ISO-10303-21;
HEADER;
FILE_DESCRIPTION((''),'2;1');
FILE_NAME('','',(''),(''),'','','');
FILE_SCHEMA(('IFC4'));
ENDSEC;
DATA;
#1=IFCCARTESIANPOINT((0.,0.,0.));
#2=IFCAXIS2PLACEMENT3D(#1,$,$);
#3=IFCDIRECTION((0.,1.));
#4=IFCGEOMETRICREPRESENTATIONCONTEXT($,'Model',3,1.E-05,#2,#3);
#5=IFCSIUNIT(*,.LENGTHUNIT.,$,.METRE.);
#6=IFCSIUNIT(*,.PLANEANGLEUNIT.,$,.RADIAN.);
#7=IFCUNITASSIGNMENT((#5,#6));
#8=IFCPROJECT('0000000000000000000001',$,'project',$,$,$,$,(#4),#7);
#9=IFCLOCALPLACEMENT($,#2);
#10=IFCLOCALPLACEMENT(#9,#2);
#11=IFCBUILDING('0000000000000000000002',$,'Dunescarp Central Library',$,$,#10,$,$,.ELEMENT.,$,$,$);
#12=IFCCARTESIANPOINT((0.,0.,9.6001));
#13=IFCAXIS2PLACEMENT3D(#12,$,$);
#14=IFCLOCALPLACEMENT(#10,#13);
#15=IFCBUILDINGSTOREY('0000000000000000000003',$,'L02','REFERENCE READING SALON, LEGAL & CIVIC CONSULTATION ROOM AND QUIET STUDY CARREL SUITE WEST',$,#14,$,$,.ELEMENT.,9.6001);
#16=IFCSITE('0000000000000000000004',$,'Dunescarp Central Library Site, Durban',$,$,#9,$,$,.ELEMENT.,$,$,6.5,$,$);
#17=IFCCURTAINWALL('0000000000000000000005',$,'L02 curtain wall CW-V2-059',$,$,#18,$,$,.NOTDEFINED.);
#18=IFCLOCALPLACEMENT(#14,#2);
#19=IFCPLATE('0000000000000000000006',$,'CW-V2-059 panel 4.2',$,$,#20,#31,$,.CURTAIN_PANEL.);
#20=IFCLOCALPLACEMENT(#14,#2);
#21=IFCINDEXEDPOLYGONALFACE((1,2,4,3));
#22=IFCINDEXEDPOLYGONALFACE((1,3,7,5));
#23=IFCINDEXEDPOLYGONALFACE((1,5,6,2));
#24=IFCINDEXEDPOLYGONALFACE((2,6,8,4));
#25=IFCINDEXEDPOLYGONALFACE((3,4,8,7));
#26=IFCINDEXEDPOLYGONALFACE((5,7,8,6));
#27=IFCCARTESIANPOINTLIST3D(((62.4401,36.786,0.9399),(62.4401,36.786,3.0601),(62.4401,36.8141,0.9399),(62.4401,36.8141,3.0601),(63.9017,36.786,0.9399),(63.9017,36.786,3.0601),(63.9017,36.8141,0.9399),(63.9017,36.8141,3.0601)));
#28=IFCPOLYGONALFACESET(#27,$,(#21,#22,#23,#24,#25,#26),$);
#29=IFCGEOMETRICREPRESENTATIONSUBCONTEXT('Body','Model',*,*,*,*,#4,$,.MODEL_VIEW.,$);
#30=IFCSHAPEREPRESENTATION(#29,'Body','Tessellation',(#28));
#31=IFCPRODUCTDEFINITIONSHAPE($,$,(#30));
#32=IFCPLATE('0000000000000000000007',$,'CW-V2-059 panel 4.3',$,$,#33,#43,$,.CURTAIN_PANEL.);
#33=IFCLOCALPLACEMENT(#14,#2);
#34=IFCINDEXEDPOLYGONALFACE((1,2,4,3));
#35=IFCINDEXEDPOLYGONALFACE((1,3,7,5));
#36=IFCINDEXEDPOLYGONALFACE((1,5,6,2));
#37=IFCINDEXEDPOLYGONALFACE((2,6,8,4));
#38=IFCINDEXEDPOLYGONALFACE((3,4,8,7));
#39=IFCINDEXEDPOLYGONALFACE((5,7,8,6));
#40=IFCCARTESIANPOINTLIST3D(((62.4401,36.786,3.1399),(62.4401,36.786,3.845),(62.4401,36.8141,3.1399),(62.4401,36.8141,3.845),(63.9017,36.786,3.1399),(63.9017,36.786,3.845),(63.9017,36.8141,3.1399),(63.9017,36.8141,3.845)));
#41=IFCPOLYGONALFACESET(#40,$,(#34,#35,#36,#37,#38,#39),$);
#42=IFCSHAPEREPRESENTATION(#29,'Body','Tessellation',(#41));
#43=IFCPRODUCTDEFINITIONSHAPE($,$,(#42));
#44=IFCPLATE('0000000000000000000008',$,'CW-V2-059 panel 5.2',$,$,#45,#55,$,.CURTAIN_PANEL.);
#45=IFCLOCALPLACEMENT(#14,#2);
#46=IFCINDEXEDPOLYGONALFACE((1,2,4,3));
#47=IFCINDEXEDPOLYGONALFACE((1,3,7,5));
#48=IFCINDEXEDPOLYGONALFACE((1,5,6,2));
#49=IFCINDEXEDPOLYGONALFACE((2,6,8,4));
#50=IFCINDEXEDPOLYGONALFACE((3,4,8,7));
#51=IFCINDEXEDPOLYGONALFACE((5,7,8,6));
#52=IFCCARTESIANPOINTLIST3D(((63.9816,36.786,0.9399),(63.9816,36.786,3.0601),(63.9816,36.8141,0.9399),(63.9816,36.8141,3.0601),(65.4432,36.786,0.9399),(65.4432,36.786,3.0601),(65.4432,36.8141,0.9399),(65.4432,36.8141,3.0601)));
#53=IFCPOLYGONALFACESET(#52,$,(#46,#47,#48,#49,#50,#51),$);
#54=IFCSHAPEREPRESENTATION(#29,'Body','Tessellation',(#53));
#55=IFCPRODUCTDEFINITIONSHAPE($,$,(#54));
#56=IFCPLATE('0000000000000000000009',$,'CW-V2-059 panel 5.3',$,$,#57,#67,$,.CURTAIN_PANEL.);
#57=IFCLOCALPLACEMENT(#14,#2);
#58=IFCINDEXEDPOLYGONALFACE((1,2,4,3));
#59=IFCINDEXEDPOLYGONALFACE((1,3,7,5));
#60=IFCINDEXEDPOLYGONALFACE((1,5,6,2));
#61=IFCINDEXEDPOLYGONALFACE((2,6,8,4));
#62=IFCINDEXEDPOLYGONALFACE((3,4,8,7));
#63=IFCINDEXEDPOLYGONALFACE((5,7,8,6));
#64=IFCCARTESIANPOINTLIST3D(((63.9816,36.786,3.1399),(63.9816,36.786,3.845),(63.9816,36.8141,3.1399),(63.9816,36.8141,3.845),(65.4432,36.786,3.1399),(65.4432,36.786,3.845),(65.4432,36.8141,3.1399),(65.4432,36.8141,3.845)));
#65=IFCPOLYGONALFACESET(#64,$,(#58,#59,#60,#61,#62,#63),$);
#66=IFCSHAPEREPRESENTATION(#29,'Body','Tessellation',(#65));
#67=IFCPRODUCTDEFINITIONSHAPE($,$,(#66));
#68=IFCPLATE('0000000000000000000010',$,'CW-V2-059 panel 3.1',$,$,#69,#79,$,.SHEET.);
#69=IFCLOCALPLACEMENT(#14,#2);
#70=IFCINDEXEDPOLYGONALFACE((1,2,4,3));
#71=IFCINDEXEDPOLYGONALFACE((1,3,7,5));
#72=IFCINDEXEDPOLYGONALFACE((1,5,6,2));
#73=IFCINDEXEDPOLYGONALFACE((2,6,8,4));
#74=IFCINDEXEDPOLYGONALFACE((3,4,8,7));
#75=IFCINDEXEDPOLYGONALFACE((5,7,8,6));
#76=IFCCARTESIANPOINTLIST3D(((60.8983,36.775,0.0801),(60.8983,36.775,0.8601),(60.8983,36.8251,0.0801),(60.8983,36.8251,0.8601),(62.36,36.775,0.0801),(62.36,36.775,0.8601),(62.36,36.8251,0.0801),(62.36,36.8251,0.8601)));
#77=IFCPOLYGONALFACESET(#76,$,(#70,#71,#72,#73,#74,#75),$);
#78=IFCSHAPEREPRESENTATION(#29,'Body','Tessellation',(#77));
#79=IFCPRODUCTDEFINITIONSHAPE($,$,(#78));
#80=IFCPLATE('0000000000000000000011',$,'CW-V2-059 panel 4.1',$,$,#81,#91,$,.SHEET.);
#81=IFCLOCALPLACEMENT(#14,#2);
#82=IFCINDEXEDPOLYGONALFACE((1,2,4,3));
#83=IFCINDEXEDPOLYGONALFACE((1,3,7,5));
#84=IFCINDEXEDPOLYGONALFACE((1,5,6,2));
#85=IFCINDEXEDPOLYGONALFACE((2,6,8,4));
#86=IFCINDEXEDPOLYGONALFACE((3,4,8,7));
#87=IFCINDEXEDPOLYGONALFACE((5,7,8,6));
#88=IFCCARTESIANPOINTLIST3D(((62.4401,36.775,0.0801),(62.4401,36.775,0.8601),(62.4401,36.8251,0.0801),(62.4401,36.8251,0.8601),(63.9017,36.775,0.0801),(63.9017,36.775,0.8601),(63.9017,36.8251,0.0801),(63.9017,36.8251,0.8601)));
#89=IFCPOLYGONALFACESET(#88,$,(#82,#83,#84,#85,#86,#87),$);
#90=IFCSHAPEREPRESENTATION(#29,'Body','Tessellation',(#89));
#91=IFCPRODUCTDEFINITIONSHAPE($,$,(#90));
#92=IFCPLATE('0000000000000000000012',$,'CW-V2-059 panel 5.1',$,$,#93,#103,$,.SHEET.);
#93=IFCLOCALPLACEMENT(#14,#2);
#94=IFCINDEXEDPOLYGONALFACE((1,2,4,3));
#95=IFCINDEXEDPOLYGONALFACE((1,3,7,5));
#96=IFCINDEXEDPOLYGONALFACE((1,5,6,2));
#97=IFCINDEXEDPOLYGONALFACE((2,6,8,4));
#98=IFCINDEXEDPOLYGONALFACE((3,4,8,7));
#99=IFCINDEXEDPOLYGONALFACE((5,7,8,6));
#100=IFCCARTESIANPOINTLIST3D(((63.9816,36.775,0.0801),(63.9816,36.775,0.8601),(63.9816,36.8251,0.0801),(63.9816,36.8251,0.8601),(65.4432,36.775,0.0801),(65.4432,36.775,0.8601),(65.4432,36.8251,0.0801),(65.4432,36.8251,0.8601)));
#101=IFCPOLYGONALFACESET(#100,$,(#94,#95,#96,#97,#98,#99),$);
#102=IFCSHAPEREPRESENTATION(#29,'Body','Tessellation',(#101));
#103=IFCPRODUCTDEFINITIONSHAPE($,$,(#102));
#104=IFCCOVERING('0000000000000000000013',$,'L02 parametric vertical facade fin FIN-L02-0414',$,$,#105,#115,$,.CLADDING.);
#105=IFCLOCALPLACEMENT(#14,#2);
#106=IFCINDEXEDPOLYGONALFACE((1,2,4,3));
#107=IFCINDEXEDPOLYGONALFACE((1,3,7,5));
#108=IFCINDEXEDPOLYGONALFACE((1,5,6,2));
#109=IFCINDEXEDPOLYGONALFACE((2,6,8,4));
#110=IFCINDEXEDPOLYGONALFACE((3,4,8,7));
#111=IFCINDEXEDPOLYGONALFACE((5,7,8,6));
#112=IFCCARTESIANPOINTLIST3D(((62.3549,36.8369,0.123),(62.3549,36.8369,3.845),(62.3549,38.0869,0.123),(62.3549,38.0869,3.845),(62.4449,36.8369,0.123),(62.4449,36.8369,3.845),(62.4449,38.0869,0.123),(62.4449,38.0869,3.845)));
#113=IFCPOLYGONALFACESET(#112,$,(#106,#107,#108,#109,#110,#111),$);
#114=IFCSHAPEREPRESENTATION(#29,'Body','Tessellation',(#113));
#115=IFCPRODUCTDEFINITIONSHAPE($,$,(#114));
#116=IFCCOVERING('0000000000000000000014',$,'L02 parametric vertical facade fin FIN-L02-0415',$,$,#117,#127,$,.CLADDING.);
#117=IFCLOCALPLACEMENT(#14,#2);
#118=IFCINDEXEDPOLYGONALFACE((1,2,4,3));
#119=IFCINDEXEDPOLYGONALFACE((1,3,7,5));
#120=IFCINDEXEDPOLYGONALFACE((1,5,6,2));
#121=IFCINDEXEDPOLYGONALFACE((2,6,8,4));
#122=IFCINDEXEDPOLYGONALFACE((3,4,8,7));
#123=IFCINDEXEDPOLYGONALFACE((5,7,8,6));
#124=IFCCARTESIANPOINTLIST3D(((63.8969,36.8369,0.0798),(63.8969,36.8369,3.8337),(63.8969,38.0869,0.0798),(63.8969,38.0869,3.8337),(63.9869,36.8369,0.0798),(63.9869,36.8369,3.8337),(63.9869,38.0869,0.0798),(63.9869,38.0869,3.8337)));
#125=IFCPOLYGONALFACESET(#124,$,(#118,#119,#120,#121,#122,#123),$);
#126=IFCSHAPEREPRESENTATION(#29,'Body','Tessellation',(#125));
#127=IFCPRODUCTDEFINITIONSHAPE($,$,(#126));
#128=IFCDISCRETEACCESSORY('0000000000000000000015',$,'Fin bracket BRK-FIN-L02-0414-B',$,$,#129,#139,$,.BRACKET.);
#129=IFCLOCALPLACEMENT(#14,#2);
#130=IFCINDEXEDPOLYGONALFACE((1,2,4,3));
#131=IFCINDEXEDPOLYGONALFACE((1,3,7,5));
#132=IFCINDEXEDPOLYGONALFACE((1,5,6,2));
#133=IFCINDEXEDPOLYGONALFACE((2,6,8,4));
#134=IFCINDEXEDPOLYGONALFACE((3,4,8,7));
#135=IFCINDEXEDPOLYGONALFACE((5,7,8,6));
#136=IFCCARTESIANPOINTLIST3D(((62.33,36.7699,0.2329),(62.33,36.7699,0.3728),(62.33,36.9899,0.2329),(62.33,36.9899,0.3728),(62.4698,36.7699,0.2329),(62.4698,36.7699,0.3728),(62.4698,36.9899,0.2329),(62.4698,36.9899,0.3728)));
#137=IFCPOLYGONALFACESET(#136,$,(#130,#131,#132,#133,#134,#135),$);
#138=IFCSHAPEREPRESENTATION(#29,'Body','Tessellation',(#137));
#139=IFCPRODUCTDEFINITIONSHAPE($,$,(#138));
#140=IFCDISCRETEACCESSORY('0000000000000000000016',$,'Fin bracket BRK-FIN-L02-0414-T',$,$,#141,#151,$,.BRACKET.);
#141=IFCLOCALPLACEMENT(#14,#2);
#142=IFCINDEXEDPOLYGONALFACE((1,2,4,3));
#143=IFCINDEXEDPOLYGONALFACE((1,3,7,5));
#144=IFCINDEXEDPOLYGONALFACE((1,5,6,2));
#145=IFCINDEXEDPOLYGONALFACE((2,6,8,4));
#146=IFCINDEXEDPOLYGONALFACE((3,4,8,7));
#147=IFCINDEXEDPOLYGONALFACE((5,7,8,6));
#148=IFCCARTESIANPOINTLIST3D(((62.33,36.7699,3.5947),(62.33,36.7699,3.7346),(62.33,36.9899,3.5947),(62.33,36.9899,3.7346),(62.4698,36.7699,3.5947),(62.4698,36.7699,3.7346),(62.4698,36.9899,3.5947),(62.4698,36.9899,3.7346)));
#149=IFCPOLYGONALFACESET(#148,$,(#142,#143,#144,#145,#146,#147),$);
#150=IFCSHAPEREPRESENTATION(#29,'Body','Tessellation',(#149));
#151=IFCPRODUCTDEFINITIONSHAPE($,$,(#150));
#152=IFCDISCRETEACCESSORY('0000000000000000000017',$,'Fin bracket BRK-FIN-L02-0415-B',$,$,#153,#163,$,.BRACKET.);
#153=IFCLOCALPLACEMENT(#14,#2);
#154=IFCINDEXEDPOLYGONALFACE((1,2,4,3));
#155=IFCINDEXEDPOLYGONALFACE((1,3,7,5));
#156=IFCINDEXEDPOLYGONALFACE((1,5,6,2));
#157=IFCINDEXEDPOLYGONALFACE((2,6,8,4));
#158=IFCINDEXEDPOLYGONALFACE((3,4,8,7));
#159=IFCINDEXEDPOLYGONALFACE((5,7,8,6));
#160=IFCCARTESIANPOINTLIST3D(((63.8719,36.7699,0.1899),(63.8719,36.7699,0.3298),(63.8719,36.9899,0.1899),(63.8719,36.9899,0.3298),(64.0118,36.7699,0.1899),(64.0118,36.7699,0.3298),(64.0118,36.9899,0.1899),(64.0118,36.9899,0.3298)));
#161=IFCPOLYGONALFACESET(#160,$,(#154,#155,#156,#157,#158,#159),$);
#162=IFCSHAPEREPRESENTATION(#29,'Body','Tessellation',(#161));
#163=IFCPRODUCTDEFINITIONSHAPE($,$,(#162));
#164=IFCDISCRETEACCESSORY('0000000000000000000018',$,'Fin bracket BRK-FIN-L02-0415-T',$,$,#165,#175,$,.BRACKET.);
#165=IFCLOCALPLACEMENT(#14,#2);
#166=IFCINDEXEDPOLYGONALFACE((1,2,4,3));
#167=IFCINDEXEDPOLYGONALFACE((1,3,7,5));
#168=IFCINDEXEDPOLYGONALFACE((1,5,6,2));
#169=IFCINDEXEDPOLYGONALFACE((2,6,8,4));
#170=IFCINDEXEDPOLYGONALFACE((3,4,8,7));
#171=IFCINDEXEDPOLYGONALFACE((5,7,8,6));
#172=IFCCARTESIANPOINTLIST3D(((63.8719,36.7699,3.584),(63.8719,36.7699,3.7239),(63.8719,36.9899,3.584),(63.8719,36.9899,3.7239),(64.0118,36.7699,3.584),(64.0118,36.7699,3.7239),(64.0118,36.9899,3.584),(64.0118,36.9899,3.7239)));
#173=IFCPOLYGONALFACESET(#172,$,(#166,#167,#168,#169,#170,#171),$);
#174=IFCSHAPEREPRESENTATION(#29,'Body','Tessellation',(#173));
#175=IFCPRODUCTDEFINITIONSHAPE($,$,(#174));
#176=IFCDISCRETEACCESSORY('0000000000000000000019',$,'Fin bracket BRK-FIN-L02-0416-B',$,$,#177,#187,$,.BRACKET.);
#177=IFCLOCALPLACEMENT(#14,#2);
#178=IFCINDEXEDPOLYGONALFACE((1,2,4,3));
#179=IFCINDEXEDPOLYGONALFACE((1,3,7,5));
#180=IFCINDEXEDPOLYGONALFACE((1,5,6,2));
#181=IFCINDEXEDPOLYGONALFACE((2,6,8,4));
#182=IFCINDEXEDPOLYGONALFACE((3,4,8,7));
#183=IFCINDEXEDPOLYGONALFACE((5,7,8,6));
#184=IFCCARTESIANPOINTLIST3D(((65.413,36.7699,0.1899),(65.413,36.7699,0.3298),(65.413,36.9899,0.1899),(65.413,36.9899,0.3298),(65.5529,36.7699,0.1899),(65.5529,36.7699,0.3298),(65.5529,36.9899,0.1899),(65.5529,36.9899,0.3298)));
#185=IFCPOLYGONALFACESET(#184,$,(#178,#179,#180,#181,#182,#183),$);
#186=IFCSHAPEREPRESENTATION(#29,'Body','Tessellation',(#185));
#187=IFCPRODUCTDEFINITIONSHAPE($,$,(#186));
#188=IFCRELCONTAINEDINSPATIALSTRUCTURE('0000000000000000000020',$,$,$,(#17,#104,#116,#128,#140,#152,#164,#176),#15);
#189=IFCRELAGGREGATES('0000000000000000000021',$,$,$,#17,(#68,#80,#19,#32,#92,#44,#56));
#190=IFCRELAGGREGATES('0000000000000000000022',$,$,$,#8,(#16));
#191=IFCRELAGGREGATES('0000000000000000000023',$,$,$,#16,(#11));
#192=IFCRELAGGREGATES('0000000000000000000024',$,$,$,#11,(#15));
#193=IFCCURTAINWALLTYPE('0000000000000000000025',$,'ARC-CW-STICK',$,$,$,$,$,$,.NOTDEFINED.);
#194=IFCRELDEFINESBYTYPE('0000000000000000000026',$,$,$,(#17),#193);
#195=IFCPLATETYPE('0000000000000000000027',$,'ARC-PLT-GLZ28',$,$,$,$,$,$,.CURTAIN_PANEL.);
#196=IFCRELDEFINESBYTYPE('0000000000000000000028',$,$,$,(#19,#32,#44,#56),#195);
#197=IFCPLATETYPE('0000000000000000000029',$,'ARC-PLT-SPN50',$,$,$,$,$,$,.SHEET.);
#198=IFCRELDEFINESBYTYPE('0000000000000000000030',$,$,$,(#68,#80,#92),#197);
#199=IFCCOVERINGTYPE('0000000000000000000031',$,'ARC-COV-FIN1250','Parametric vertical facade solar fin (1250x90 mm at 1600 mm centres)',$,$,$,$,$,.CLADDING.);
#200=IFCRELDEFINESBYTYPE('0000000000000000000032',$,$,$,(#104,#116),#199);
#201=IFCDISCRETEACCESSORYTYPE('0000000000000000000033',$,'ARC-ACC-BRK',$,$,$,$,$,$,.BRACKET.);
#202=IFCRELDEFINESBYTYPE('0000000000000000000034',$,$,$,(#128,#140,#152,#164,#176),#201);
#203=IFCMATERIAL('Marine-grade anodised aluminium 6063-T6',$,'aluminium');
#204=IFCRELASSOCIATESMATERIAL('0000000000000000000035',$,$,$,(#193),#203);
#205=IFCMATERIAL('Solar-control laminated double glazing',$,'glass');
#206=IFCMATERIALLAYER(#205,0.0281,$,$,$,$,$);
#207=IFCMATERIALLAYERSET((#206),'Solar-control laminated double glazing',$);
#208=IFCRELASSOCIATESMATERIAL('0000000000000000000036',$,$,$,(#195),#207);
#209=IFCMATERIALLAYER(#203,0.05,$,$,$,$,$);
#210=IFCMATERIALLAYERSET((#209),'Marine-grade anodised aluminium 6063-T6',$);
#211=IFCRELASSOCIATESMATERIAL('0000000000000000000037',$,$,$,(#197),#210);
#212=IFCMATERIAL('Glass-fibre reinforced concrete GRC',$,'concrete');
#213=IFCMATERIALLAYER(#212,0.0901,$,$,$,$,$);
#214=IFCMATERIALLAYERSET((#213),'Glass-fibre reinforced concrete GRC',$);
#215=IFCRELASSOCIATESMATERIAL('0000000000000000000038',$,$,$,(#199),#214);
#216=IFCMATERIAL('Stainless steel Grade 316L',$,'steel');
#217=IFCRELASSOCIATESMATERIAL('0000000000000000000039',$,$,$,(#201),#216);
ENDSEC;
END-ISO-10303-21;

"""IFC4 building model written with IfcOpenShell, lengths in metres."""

from ifc_helpers import new_model, si_unit, direction, frame, origin, origin_2d, place, context, subcontext, project, spatial, rectangle, extrude, material, layer, layer_set, type_object, element, aggregate, save


model = new_model("IFC4")

# Units and contexts
model_context = context("Model", 3, precision=1e-05, world=origin(), true_north=direction((0.0, 1.0)))
body_context = subcontext(model_context, "Body", "Model", "MODEL_VIEW")
ifc_project = project(units=[si_unit("LENGTHUNIT", "METRE"), si_unit("PLANEANGLEUNIT", "RADIAN")], contexts=[model_context])

# Site, building, storey
site_placement = place(None, origin())
site = spatial("IfcSite", under=ifc_project, at=site_placement, Name="Dunescarp Central Library Site, Durban", CompositionType="ELEMENT", RefElevation=6.5)
building_placement = place(site_placement, origin())
building = spatial("IfcBuilding", under=site, at=building_placement, Name="Dunescarp Central Library", CompositionType="ELEMENT")
storey_placement = place(building_placement, frame((0.0, 0.0, 9.6001)))
storey = spatial("IfcBuildingStorey", under=building, at=storey_placement, Name="L02", Description="REFERENCE READING SALON, LEGAL & CIVIC CONSULTATION ROOM AND QUIET STUDY CARREL SUITE WEST", CompositionType="ELEMENT", Elevation=9.6001)

# Curtain wall, plates
ifc_material_1 = material(Name="Marine-grade anodised aluminium 6063-T6", Category="aluminium")
curtain_wall_type = type_object("IfcCurtainWallType", Name="ARC-CW-STICK", PredefinedType="NOTDEFINED", material=ifc_material_1)
curtain_wall_placement = place(storey_placement, origin())
curtain_wall = element("IfcCurtainWall", 1, at=curtain_wall_placement, inside=storey, type_object=curtain_wall_type, Name="L02 curtain wall CW-V2-059", PredefinedType="NOTDEFINED")
ifc_material_2 = material(Name="Solar-control laminated double glazing", Category="glass")
ifc_layer_1 = layer(ifc_material_2, 0.0281)
ifc_layer_set_1 = layer_set([ifc_layer_1], Name="Solar-control laminated double glazing")
plate_type_1 = type_object("IfcPlateType", Name="ARC-PLT-GLZ28", PredefinedType="CURTAIN_PANEL", material=ifc_layer_set_1)
plate_1_placement = place(storey_placement, frame((63.1709, 36.8, 0.9399), z_axis=(0.0, 0.0, 1.0), x_axis=(1.0, 0.0, 0.0)))
plate_1 = element("IfcPlate", 2, at=plate_1_placement, type_object=plate_type_1, Name="CW-V2-059 panel 4.2", PredefinedType="CURTAIN_PANEL", context=body_context, shape_type="SweptSolid", body=[
    extrude(rectangle(XDim=1.4617, YDim=0.0281, at=origin_2d()), origin(), (0.0, 0.0, 1.0), 2.1201),
])
plate_2_placement = place(storey_placement, frame((63.1709, 36.8, 3.1399), z_axis=(0.0, 0.0, 1.0), x_axis=(1.0, 0.0, 0.0)))
plate_2 = element("IfcPlate", 3, at=plate_2_placement, type_object=plate_type_1, Name="CW-V2-059 panel 4.3", PredefinedType="CURTAIN_PANEL", context=body_context, shape_type="SweptSolid", body=[
    extrude(rectangle(XDim=1.4617, YDim=0.0281, at=origin_2d()), origin(), (0.0, 0.0, 1.0), 0.7051),
])
plate_3_placement = place(storey_placement, frame((64.7124, 36.8, 0.9399), z_axis=(0.0, 0.0, 1.0), x_axis=(1.0, 0.0, 0.0)))
plate_3 = element("IfcPlate", 4, at=plate_3_placement, type_object=plate_type_1, Name="CW-V2-059 panel 5.2", PredefinedType="CURTAIN_PANEL", context=body_context, shape_type="SweptSolid", body=[
    extrude(rectangle(XDim=1.4617, YDim=0.0281, at=origin_2d()), origin(), (0.0, 0.0, 1.0), 2.1201),
])
plate_4_placement = place(storey_placement, frame((64.7124, 36.8, 3.1399), z_axis=(0.0, 0.0, 1.0), x_axis=(1.0, 0.0, 0.0)))
plate_4 = element("IfcPlate", 5, at=plate_4_placement, type_object=plate_type_1, Name="CW-V2-059 panel 5.3", PredefinedType="CURTAIN_PANEL", context=body_context, shape_type="SweptSolid", body=[
    extrude(rectangle(XDim=1.4617, YDim=0.0281, at=origin_2d()), origin(), (0.0, 0.0, 1.0), 0.7051),
])
ifc_layer_2 = layer(ifc_material_1, 0.05)
ifc_layer_set_2 = layer_set([ifc_layer_2], Name="Marine-grade anodised aluminium 6063-T6")
plate_type_2 = type_object("IfcPlateType", Name="ARC-PLT-SPN50", PredefinedType="SHEET", material=ifc_layer_set_2)
plate_5_placement = place(storey_placement, frame((61.6292, 36.8, 0.0801), z_axis=(0.0, 0.0, 1.0), x_axis=(1.0, 0.0, 0.0)))
plate_5 = element("IfcPlate", 6, at=plate_5_placement, type_object=plate_type_2, Name="CW-V2-059 panel 3.1", PredefinedType="SHEET", context=body_context, shape_type="SweptSolid", body=[
    extrude(rectangle(XDim=1.4617, YDim=0.05, at=origin_2d()), origin(), (0.0, 0.0, 1.0), 0.78),
])
plate_6_placement = place(storey_placement, frame((63.1709, 36.8, 0.0801), z_axis=(0.0, 0.0, 1.0), x_axis=(1.0, 0.0, 0.0)))
plate_6 = element("IfcPlate", 7, at=plate_6_placement, type_object=plate_type_2, Name="CW-V2-059 panel 4.1", PredefinedType="SHEET", context=body_context, shape_type="SweptSolid", body=[
    extrude(rectangle(XDim=1.4617, YDim=0.05, at=origin_2d()), origin(), (0.0, 0.0, 1.0), 0.78),
])
plate_7_placement = place(storey_placement, frame((64.7124, 36.8, 0.0801), z_axis=(0.0, 0.0, 1.0), x_axis=(1.0, 0.0, 0.0)))
plate_7 = element("IfcPlate", 8, at=plate_7_placement, type_object=plate_type_2, Name="CW-V2-059 panel 5.1", PredefinedType="SHEET", context=body_context, shape_type="SweptSolid", body=[
    extrude(rectangle(XDim=1.4617, YDim=0.05, at=origin_2d()), origin(), (0.0, 0.0, 1.0), 0.78),
])
aggregate(curtain_wall, [plate_5, plate_6, plate_1, plate_2, plate_7, plate_3, plate_4])

# Coverings
ifc_material_3 = material(Name="Glass-fibre reinforced concrete GRC", Category="concrete")
ifc_layer_3 = layer(ifc_material_3, 0.0901)
ifc_layer_set_3 = layer_set([ifc_layer_3], Name="Glass-fibre reinforced concrete GRC")
covering_type = type_object("IfcCoveringType", Name="ARC-COV-FIN1250", Description="Parametric vertical facade solar fin (1250x90 mm at 1600 mm centres)", PredefinedType="CLADDING", material=ifc_layer_set_3)
covering_1_placement = place(storey_placement, frame((62.3999, 37.4619, 0.123), z_axis=(0.0, 0.0, 1.0), x_axis=(0.0, 1.0, 0.0)))
element("IfcCovering", 9, at=covering_1_placement, inside=storey, type_object=covering_type, Name="L02 parametric vertical facade fin FIN-L02-0414", PredefinedType="CLADDING", context=body_context, shape_type="SweptSolid", body=[
    extrude(rectangle(XDim=1.25, YDim=0.0901, at=origin_2d()), origin(), (0.0, 0.0, 1.0), 3.7219),
])
covering_2_placement = place(storey_placement, frame((63.9419, 37.4619, 0.0798), z_axis=(0.0, 0.0, 1.0), x_axis=(0.0, 1.0, 0.0)))
element("IfcCovering", 10, at=covering_2_placement, inside=storey, type_object=covering_type, Name="L02 parametric vertical facade fin FIN-L02-0415", PredefinedType="CLADDING", context=body_context, shape_type="SweptSolid", body=[
    extrude(rectangle(XDim=1.25, YDim=0.0901, at=origin_2d()), origin(), (0.0, 0.0, 1.0), 3.7539),
])

# Discrete accessories
ifc_material_4 = material(Name="Stainless steel Grade 316L", Category="steel")
discrete_accessory_type = type_object("IfcDiscreteAccessoryType", Name="ARC-ACC-BRK", PredefinedType="BRACKET", material=ifc_material_4)
for number, where, z_axis, x_axis, name in (
    (11, (62.3999, 36.8799, 0.2329), (0.0, 0.0, 1.0), (0.0, 1.0, 0.0), "Fin bracket BRK-FIN-L02-0414-B"),
    (12, (62.3999, 36.8799, 3.5947), (0.0, 0.0, 1.0), (0.0, 1.0, 0.0), "Fin bracket BRK-FIN-L02-0414-T"),
    (13, (63.9419, 36.8799, 0.1899), (0.0, 0.0, 1.0), (0.0, 1.0, 0.0), "Fin bracket BRK-FIN-L02-0415-B"),
    (14, (63.9419, 36.8799, 3.584), (0.0, 0.0, 1.0), (0.0, 1.0, 0.0), "Fin bracket BRK-FIN-L02-0415-T"),
    (15, (65.4829, 36.8799, 0.1899), (0.0, 0.0, 1.0), (0.0, 1.0, 0.0), "Fin bracket BRK-FIN-L02-0416-B"),
):
    element("IfcDiscreteAccessory", number, at=place(storey_placement, frame(where, z_axis=z_axis, x_axis=x_axis)), inside=storey, type_object=discrete_accessory_type, Name=name, PredefinedType="BRACKET", context=body_context, shape_type="SweptSolid", body=[
        extrude(rectangle(XDim=0.22, YDim=0.1399, at=origin_2d()), origin(), (0.0, 0.0, 1.0), 0.1399),
    ])

save(model, "model.ifc")
